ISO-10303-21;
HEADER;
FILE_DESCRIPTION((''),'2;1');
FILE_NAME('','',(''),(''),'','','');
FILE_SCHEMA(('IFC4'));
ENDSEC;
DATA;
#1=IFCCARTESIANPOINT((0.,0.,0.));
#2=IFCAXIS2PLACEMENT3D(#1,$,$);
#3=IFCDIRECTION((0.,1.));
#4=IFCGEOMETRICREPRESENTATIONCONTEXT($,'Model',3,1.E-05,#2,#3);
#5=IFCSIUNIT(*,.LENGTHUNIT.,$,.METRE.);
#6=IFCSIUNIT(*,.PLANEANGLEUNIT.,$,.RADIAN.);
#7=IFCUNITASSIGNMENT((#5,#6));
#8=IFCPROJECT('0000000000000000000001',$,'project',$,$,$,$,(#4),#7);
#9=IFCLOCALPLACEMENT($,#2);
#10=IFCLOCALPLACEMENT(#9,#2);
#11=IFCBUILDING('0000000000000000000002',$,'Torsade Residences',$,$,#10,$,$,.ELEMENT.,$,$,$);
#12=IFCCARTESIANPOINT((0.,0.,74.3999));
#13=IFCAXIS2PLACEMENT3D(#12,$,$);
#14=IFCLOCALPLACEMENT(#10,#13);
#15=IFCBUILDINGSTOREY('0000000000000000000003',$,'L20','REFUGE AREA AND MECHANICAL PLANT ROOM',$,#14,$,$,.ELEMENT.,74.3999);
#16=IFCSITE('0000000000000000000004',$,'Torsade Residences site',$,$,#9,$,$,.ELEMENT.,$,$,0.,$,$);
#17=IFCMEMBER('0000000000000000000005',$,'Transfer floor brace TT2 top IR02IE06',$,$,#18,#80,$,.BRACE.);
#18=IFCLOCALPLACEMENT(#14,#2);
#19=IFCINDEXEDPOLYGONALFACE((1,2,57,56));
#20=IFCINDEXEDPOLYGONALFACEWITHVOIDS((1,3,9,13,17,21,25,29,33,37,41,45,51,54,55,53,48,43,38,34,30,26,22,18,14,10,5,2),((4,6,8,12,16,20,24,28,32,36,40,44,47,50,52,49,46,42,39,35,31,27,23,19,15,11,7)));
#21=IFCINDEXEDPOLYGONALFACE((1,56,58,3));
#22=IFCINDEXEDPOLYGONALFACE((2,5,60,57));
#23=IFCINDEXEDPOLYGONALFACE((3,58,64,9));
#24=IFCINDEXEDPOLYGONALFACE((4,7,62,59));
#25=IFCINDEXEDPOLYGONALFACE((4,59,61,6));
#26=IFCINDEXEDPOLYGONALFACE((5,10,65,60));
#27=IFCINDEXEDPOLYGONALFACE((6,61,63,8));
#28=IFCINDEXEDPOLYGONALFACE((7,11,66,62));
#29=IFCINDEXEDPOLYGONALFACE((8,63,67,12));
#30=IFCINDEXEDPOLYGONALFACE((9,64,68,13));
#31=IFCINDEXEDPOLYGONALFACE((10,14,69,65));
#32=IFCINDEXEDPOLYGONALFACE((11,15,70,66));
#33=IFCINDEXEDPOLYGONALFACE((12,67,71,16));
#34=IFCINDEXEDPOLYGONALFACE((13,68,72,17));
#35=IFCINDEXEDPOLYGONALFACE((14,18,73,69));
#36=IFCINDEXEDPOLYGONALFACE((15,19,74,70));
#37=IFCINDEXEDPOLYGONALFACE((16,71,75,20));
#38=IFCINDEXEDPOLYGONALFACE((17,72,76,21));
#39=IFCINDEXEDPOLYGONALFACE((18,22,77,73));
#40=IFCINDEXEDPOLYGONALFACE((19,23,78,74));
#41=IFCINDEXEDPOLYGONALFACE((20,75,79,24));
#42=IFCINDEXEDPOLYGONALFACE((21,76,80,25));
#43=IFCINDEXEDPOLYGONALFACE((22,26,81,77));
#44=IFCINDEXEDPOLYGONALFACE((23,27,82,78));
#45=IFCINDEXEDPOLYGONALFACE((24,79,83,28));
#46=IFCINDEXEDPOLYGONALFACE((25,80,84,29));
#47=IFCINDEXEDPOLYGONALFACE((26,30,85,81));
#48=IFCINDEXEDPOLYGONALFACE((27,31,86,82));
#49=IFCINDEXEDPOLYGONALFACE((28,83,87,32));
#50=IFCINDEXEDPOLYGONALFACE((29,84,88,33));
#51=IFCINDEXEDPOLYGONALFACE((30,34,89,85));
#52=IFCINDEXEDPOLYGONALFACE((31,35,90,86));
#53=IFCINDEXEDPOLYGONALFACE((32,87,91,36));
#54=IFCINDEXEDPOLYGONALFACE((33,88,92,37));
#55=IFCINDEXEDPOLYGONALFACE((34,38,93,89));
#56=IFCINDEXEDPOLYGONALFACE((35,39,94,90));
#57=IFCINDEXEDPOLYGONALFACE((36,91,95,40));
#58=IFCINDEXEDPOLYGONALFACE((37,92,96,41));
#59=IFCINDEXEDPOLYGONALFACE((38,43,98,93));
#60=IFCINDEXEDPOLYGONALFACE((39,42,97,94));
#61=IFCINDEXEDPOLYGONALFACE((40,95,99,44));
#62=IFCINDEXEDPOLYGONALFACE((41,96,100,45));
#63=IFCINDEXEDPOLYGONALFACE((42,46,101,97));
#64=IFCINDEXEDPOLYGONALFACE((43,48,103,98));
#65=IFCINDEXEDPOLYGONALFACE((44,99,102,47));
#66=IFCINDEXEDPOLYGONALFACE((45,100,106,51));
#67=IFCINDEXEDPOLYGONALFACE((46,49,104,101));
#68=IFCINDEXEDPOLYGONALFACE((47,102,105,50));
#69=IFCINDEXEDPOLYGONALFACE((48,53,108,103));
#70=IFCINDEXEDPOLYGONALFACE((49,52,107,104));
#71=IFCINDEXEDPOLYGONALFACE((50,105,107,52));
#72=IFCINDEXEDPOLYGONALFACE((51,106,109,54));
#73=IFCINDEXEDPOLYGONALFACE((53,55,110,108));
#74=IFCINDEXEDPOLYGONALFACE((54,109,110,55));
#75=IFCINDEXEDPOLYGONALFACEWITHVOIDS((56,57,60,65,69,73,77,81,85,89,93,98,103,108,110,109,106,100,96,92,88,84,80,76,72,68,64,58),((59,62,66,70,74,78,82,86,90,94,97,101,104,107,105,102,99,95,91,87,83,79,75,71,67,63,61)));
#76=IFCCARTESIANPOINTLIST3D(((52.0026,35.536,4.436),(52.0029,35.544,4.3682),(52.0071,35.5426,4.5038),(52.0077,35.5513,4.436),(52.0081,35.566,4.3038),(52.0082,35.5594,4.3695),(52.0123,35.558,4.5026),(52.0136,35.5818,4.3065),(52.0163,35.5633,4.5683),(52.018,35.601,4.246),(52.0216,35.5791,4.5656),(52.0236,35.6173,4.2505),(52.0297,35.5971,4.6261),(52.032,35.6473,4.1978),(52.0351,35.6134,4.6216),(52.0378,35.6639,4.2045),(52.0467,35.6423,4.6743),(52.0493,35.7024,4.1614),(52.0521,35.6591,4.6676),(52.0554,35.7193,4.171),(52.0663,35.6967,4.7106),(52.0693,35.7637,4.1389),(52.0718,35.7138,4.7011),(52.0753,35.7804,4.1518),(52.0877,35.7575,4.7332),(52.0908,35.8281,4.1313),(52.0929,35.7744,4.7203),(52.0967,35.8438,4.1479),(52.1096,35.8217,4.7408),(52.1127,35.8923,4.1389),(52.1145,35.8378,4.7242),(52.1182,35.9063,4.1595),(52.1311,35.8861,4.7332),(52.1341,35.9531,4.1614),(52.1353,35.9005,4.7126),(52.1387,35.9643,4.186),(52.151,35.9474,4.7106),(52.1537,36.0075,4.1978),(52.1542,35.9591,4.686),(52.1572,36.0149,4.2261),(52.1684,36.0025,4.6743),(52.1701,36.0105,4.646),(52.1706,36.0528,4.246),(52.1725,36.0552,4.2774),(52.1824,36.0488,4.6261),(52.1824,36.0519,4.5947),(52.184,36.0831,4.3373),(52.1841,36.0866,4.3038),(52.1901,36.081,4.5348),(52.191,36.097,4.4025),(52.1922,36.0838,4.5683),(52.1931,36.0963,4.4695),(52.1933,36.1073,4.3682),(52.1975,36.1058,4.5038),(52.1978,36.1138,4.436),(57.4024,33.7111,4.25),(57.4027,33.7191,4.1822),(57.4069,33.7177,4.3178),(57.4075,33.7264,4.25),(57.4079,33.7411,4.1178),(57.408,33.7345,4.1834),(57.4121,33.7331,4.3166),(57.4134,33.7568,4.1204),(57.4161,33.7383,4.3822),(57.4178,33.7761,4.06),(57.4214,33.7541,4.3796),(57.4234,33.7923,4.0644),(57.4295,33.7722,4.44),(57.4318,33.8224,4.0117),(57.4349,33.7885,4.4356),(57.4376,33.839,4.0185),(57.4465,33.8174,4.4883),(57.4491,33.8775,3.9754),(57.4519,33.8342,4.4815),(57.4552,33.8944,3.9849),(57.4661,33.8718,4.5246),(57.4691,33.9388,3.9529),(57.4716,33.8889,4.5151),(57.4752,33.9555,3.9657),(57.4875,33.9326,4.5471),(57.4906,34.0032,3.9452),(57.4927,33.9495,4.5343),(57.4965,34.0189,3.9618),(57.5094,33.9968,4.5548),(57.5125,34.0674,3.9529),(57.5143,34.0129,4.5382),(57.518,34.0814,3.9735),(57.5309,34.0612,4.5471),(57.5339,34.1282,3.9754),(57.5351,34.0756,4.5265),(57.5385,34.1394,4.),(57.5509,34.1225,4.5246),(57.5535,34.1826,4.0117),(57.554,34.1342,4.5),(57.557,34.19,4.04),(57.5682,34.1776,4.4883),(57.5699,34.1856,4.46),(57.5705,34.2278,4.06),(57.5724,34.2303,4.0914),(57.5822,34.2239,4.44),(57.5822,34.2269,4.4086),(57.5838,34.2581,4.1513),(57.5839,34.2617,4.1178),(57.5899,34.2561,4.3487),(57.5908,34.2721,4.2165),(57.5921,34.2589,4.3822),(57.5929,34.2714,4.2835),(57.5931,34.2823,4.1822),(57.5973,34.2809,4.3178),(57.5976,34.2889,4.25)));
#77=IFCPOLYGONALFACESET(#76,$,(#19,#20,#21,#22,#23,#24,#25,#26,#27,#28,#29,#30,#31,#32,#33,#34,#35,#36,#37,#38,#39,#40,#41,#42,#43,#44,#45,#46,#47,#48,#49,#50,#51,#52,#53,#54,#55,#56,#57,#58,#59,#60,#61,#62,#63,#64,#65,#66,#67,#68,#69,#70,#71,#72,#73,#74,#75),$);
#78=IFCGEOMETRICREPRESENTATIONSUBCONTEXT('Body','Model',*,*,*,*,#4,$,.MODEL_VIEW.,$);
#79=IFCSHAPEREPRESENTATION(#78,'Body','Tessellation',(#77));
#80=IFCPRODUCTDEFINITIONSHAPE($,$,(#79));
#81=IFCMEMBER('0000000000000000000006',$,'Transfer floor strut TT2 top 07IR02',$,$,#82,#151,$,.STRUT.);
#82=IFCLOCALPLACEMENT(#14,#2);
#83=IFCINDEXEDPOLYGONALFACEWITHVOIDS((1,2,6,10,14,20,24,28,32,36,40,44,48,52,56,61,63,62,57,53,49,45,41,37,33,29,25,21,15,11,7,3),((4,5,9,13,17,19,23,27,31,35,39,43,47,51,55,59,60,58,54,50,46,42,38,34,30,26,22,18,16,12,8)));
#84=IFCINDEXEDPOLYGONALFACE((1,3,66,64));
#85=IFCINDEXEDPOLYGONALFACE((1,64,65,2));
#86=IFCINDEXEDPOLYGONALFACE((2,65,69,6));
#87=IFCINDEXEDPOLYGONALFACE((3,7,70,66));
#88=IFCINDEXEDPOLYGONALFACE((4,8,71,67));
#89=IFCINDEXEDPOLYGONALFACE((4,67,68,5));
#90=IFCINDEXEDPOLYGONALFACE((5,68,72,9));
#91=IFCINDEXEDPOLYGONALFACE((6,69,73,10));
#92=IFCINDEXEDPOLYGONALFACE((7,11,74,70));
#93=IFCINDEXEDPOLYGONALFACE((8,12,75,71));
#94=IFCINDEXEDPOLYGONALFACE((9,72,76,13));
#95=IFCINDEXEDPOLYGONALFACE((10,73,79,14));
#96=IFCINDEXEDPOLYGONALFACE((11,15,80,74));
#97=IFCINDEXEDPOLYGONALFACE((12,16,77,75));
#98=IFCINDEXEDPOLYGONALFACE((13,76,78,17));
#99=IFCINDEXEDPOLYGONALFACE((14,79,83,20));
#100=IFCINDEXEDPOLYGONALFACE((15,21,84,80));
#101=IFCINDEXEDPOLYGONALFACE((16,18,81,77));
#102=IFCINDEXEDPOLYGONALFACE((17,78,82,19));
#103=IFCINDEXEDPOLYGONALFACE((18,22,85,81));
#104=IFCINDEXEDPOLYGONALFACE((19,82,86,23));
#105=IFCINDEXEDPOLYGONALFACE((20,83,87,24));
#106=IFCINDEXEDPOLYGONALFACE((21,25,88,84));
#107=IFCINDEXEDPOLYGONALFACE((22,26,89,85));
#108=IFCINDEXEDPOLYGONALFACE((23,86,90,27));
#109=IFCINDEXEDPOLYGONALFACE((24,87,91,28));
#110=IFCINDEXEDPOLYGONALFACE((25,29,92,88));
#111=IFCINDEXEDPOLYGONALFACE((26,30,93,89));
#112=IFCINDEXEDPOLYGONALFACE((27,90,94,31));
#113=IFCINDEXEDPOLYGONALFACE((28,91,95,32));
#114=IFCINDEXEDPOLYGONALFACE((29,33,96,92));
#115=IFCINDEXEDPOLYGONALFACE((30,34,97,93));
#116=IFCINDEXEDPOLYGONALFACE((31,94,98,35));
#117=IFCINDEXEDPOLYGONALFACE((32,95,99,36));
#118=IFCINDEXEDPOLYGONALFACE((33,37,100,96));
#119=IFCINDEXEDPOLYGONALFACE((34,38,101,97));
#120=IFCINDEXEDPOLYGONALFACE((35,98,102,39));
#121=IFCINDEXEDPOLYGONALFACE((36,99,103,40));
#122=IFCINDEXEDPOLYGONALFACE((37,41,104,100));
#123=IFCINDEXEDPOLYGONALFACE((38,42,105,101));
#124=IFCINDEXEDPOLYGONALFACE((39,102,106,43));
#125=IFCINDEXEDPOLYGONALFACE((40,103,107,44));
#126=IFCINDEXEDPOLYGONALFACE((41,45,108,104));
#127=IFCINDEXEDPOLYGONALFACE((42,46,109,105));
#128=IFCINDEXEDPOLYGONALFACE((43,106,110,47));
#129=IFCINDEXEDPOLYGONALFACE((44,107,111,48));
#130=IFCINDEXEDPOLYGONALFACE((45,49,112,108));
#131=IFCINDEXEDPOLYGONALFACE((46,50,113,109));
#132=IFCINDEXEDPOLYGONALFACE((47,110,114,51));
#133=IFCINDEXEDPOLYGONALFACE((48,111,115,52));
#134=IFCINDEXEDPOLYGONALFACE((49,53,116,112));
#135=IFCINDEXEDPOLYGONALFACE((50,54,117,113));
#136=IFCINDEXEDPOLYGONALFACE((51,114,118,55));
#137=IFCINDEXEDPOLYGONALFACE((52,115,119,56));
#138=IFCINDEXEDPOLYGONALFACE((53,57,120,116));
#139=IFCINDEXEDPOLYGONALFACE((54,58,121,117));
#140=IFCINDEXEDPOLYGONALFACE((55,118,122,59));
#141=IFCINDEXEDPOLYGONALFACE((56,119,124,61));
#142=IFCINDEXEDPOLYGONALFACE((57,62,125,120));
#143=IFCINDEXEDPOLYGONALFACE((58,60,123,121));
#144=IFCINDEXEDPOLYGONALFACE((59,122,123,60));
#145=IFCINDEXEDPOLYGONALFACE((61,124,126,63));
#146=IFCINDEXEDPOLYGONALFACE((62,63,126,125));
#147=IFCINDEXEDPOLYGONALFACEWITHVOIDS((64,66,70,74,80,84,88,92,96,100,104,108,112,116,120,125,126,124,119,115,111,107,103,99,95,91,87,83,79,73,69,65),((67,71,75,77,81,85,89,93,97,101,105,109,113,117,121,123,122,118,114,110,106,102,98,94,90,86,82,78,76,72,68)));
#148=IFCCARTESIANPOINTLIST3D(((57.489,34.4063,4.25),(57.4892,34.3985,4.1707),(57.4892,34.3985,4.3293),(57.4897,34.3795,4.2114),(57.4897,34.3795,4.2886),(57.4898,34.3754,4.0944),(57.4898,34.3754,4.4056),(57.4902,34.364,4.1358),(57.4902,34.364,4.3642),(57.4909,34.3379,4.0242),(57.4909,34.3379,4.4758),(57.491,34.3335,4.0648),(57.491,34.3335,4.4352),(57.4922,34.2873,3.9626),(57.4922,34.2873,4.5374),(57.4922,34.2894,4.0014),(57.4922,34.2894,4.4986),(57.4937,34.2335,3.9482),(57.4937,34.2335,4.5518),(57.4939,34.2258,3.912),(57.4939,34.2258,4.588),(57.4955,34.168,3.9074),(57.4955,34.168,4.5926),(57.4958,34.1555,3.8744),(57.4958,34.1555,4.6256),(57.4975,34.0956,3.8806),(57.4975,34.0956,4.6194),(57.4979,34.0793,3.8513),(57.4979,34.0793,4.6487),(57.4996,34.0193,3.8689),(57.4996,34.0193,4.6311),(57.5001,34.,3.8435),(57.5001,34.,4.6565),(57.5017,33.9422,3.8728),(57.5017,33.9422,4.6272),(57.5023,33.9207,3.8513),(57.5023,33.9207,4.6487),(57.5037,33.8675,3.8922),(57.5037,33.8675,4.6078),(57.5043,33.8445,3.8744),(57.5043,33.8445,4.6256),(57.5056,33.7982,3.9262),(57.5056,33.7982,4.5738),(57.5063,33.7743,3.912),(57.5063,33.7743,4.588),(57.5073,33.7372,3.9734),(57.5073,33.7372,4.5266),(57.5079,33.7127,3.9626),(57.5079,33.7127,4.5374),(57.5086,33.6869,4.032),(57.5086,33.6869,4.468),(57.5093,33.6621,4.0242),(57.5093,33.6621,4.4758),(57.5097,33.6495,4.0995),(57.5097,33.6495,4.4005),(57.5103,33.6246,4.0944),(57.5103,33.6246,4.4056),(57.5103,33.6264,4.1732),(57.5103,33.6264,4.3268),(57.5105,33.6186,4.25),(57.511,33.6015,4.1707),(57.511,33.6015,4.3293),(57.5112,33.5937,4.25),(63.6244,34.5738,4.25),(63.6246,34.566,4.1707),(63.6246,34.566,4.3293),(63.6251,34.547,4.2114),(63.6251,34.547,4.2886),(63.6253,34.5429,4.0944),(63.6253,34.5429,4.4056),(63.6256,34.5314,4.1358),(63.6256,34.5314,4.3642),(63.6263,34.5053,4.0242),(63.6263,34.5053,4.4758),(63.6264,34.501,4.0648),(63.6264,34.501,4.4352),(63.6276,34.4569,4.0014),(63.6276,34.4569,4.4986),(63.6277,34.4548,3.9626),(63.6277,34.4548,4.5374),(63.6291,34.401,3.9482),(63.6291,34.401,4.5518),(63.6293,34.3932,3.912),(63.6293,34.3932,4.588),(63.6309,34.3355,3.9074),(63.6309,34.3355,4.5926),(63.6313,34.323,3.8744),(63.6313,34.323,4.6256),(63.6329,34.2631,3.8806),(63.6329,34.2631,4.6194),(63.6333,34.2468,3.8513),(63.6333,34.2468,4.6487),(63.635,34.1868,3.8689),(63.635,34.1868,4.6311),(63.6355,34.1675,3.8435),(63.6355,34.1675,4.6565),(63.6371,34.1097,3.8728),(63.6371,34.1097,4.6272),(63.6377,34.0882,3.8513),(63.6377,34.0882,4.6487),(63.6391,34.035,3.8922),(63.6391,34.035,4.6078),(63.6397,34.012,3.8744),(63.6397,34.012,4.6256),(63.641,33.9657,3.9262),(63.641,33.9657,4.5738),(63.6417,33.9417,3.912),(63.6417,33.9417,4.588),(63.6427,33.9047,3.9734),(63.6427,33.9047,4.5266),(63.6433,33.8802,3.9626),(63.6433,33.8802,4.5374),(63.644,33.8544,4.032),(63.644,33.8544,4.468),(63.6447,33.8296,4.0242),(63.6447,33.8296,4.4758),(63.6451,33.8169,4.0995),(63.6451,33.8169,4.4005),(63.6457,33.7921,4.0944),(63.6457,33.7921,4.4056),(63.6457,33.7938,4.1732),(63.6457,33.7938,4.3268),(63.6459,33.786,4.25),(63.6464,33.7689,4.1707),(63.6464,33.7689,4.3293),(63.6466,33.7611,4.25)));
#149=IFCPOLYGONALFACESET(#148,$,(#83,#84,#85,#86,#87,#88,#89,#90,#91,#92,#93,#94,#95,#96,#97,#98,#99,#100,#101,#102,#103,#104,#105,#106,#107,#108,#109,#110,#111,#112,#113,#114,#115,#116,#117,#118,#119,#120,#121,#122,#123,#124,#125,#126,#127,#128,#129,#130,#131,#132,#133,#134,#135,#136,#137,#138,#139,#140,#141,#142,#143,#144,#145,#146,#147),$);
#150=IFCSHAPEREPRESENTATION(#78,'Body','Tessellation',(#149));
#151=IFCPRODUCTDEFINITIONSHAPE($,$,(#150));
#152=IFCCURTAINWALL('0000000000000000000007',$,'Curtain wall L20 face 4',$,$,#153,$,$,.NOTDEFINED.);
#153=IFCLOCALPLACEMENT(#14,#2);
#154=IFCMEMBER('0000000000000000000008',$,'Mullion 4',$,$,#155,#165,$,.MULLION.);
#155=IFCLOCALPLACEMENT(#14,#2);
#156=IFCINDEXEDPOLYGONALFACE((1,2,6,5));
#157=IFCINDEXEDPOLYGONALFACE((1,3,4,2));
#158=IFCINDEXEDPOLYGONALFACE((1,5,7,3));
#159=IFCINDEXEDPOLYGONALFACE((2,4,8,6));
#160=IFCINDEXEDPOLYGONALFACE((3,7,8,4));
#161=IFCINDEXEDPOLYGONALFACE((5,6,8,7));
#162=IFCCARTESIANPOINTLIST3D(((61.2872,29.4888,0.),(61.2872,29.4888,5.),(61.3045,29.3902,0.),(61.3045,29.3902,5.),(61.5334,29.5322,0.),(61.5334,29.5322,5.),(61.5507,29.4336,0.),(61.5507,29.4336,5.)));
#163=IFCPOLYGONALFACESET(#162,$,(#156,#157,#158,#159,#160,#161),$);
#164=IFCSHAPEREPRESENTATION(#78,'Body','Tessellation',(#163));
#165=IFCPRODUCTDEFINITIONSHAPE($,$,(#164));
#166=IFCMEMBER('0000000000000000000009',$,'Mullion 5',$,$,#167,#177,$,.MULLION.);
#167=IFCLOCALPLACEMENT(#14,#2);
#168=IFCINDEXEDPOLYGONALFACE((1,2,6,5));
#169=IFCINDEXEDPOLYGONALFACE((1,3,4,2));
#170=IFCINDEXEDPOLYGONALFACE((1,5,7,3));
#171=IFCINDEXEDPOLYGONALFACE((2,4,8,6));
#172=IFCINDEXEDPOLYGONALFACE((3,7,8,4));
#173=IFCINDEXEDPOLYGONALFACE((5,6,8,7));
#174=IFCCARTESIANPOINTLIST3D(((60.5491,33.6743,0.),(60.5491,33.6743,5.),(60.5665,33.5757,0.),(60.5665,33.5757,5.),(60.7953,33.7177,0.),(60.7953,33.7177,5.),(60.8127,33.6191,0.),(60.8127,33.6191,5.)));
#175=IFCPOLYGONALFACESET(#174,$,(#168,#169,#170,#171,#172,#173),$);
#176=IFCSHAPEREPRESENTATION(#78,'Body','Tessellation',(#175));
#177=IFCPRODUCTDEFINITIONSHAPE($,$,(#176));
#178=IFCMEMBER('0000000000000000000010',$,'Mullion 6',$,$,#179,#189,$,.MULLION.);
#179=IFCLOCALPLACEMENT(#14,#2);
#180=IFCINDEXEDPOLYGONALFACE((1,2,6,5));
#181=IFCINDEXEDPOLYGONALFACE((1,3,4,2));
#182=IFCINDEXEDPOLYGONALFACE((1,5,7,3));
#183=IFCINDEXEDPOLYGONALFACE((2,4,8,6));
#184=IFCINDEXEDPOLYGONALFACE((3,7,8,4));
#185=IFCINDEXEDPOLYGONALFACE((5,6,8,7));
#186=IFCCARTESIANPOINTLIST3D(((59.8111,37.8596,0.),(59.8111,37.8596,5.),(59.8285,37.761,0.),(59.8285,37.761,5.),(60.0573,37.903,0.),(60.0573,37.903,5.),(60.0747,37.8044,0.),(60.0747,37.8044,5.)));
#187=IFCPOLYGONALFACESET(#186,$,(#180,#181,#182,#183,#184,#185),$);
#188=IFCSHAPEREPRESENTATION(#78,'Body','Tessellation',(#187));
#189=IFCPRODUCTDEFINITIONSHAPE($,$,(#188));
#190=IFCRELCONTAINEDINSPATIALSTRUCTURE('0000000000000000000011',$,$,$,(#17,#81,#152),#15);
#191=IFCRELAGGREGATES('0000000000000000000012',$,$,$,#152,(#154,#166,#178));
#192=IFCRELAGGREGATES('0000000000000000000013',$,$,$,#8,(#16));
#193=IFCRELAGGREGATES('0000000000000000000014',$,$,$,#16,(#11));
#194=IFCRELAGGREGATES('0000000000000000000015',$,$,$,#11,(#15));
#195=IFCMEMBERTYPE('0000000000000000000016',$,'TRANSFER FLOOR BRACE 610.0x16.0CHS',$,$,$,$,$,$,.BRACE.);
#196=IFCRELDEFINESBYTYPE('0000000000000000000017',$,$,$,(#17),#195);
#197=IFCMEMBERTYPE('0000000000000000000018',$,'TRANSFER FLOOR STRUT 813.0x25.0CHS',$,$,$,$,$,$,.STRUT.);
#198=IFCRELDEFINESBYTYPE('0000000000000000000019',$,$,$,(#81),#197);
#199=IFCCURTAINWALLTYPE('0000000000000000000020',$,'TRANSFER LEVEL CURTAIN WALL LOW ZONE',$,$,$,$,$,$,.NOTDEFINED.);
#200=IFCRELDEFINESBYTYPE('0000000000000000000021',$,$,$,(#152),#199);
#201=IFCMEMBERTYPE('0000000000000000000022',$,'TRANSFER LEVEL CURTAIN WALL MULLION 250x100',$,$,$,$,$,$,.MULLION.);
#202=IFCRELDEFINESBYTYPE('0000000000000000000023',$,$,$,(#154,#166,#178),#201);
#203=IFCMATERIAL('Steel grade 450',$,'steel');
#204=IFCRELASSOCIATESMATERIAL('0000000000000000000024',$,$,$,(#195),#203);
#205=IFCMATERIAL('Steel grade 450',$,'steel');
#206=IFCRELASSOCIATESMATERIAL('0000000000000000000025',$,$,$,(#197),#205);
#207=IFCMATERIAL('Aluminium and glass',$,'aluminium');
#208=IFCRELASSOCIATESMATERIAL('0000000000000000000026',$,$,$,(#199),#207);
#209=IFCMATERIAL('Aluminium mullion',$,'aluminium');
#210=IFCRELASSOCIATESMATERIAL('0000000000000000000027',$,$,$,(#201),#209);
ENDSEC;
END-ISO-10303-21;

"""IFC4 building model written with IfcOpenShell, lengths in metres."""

from ifc_helpers import new_model, si_unit, direction, frame, origin, origin_2d, place, context, subcontext, project, spatial, rectangle, hollow_circle, extrude, material, material_profile, profile_set, type_object, element, aggregate, save


model = new_model("IFC4")

# Units and contexts
model_context = context("Model", 3, precision=1e-05, world=origin(), true_north=direction((0.0, 1.0)))
body_context = subcontext(model_context, "Body", "Model", "MODEL_VIEW")
ifc_project = project(units=[si_unit("LENGTHUNIT", "METRE"), si_unit("PLANEANGLEUNIT", "RADIAN")], contexts=[model_context])

# Site, building, storey
site_placement = place(None, origin())
site = spatial("IfcSite", under=ifc_project, at=site_placement, Name="Torsade Residences site", CompositionType="ELEMENT", RefElevation=0.0)
building_placement = place(site_placement, origin())
building = spatial("IfcBuilding", under=site, at=building_placement, Name="Torsade Residences", CompositionType="ELEMENT")
storey_placement = place(building_placement, frame((0.0, 0.0, 74.3999)))
storey = spatial("IfcBuildingStorey", under=building, at=storey_placement, Name="L20", Description="REFUGE AREA AND MECHANICAL PLANT ROOM", CompositionType="ELEMENT", Elevation=74.3999)

# Members
ifc_material_1 = material(Name="Steel grade 450", Category="steel")
ifc_material_profile_1 = material_profile(ifc_material_1, hollow_circle(Radius=0.3049, WallThickness=0.0161, at=origin_2d()), Name="610.0x16.0CHS")
ifc_profile_set_1 = profile_set([ifc_material_profile_1], Name="Steel grade 450")
member_type_1 = type_object("IfcMemberType", Name="TRANSFER FLOOR BRACE 610.0x16.0CHS", PredefinedType="BRACE", material=ifc_profile_set_1)
member_1_placement = place(storey_placement, frame((57.5, 34.0, 4.25), z_axis=(-0.946856, 0.319999, 0.032621), x_axis=(-0.32017, -0.94736, 0.0)))
element("IfcMember", 1, at=member_1_placement, inside=storey, type_object=member_type_1, Name="Transfer floor brace TT2 top IR02IE06", PredefinedType="BRACE", context=body_context, shape_type="SweptSolid", body=[
    extrude(hollow_circle(Radius=0.3049, WallThickness=0.0161, at=origin_2d()), origin(), (0.0, 0.0, 1.0), 5.7029),
])
ifc_material_2 = material(Name="Steel grade 450", Category="steel")
ifc_material_profile_2 = material_profile(ifc_material_2, hollow_circle(Radius=0.4065, WallThickness=0.0249, at=origin_2d()), Name="813.0x25.0CHS")
ifc_profile_set_2 = profile_set([ifc_material_profile_2], Name="Steel grade 450")
member_type_2 = type_object("IfcMemberType", Name="TRANSFER FLOOR STRUT 813.0x25.0CHS", PredefinedType="STRUT", material=ifc_profile_set_2)
member_2_placement = place(storey_placement, frame((63.6355, 34.1675, 4.25), z_axis=(-0.999628, -0.027287, 0.0), x_axis=(0.027287, -0.999628, 0.0)))
element("IfcMember", 2, at=member_2_placement, inside=storey, type_object=member_type_2, Name="Transfer floor strut TT2 top 07IR02", PredefinedType="STRUT", context=body_context, shape_type="SweptSolid", body=[
    extrude(hollow_circle(Radius=0.4065, WallThickness=0.0249, at=origin_2d()), origin(), (0.0, 0.0, 1.0), 6.1377),
])

# Curtain wall, members
ifc_material_3 = material(Name="Aluminium and glass", Category="aluminium")
curtain_wall_type = type_object("IfcCurtainWallType", Name="TRANSFER LEVEL CURTAIN WALL LOW ZONE", PredefinedType="NOTDEFINED", material=ifc_material_3)
curtain_wall_placement = place(storey_placement, origin())
curtain_wall = element("IfcCurtainWall", 3, at=curtain_wall_placement, inside=storey, type_object=curtain_wall_type, Name="Curtain wall L20 face 4", PredefinedType="NOTDEFINED")
ifc_material_4 = material(Name="Aluminium mullion", Category="aluminium")
ifc_material_profile_3 = material_profile(ifc_material_4, rectangle(XDim=0.25, YDim=0.1001, at=origin_2d()), Name="TRANSFER LEVEL CURTAIN WALL MULLION 250x100")
ifc_profile_set_3 = profile_set([ifc_material_profile_3], Name="Aluminium mullion")
member_type_3 = type_object("IfcMemberType", Name="TRANSFER LEVEL CURTAIN WALL MULLION 250x100", PredefinedType="MULLION", material=ifc_profile_set_3)
member_3_placement = place(storey_placement, frame((61.4189, 29.4612, 0.0), z_axis=(0.0, 0.0, 1.0), x_axis=(-0.984808, -0.173648, 0.0)))
member_3 = element("IfcMember", 4, at=member_3_placement, type_object=member_type_3, Name="Mullion 4", PredefinedType="MULLION", context=body_context, shape_type="SweptSolid", body=[
    extrude(rectangle(XDim=0.25, YDim=0.1001, at=origin_2d()), origin(), (0.0, 0.0, 1.0), 5.0),
])
member_4_placement = place(storey_placement, frame((60.6809, 33.6467, 0.0), z_axis=(0.0, 0.0, 1.0), x_axis=(-0.984808, -0.173648, 0.0)))
member_4 = element("IfcMember", 5, at=member_4_placement, type_object=member_type_3, Name="Mullion 5", PredefinedType="MULLION", context=body_context, shape_type="SweptSolid", body=[
    extrude(rectangle(XDim=0.25, YDim=0.1001, at=origin_2d()), origin(), (0.0, 0.0, 1.0), 5.0),
])
member_5_placement = place(storey_placement, frame((59.9429, 37.832, 0.0), z_axis=(0.0, 0.0, 1.0), x_axis=(-0.984808, -0.173648, 0.0)))
member_5 = element("IfcMember", 6, at=member_5_placement, type_object=member_type_3, Name="Mullion 6", PredefinedType="MULLION", context=body_context, shape_type="SweptSolid", body=[
    extrude(rectangle(XDim=0.25, YDim=0.1001, at=origin_2d()), origin(), (0.0, 0.0, 1.0), 5.0),
])

aggregate(curtain_wall, [member_3, member_4, member_5])

save(model, "model.ifc")
